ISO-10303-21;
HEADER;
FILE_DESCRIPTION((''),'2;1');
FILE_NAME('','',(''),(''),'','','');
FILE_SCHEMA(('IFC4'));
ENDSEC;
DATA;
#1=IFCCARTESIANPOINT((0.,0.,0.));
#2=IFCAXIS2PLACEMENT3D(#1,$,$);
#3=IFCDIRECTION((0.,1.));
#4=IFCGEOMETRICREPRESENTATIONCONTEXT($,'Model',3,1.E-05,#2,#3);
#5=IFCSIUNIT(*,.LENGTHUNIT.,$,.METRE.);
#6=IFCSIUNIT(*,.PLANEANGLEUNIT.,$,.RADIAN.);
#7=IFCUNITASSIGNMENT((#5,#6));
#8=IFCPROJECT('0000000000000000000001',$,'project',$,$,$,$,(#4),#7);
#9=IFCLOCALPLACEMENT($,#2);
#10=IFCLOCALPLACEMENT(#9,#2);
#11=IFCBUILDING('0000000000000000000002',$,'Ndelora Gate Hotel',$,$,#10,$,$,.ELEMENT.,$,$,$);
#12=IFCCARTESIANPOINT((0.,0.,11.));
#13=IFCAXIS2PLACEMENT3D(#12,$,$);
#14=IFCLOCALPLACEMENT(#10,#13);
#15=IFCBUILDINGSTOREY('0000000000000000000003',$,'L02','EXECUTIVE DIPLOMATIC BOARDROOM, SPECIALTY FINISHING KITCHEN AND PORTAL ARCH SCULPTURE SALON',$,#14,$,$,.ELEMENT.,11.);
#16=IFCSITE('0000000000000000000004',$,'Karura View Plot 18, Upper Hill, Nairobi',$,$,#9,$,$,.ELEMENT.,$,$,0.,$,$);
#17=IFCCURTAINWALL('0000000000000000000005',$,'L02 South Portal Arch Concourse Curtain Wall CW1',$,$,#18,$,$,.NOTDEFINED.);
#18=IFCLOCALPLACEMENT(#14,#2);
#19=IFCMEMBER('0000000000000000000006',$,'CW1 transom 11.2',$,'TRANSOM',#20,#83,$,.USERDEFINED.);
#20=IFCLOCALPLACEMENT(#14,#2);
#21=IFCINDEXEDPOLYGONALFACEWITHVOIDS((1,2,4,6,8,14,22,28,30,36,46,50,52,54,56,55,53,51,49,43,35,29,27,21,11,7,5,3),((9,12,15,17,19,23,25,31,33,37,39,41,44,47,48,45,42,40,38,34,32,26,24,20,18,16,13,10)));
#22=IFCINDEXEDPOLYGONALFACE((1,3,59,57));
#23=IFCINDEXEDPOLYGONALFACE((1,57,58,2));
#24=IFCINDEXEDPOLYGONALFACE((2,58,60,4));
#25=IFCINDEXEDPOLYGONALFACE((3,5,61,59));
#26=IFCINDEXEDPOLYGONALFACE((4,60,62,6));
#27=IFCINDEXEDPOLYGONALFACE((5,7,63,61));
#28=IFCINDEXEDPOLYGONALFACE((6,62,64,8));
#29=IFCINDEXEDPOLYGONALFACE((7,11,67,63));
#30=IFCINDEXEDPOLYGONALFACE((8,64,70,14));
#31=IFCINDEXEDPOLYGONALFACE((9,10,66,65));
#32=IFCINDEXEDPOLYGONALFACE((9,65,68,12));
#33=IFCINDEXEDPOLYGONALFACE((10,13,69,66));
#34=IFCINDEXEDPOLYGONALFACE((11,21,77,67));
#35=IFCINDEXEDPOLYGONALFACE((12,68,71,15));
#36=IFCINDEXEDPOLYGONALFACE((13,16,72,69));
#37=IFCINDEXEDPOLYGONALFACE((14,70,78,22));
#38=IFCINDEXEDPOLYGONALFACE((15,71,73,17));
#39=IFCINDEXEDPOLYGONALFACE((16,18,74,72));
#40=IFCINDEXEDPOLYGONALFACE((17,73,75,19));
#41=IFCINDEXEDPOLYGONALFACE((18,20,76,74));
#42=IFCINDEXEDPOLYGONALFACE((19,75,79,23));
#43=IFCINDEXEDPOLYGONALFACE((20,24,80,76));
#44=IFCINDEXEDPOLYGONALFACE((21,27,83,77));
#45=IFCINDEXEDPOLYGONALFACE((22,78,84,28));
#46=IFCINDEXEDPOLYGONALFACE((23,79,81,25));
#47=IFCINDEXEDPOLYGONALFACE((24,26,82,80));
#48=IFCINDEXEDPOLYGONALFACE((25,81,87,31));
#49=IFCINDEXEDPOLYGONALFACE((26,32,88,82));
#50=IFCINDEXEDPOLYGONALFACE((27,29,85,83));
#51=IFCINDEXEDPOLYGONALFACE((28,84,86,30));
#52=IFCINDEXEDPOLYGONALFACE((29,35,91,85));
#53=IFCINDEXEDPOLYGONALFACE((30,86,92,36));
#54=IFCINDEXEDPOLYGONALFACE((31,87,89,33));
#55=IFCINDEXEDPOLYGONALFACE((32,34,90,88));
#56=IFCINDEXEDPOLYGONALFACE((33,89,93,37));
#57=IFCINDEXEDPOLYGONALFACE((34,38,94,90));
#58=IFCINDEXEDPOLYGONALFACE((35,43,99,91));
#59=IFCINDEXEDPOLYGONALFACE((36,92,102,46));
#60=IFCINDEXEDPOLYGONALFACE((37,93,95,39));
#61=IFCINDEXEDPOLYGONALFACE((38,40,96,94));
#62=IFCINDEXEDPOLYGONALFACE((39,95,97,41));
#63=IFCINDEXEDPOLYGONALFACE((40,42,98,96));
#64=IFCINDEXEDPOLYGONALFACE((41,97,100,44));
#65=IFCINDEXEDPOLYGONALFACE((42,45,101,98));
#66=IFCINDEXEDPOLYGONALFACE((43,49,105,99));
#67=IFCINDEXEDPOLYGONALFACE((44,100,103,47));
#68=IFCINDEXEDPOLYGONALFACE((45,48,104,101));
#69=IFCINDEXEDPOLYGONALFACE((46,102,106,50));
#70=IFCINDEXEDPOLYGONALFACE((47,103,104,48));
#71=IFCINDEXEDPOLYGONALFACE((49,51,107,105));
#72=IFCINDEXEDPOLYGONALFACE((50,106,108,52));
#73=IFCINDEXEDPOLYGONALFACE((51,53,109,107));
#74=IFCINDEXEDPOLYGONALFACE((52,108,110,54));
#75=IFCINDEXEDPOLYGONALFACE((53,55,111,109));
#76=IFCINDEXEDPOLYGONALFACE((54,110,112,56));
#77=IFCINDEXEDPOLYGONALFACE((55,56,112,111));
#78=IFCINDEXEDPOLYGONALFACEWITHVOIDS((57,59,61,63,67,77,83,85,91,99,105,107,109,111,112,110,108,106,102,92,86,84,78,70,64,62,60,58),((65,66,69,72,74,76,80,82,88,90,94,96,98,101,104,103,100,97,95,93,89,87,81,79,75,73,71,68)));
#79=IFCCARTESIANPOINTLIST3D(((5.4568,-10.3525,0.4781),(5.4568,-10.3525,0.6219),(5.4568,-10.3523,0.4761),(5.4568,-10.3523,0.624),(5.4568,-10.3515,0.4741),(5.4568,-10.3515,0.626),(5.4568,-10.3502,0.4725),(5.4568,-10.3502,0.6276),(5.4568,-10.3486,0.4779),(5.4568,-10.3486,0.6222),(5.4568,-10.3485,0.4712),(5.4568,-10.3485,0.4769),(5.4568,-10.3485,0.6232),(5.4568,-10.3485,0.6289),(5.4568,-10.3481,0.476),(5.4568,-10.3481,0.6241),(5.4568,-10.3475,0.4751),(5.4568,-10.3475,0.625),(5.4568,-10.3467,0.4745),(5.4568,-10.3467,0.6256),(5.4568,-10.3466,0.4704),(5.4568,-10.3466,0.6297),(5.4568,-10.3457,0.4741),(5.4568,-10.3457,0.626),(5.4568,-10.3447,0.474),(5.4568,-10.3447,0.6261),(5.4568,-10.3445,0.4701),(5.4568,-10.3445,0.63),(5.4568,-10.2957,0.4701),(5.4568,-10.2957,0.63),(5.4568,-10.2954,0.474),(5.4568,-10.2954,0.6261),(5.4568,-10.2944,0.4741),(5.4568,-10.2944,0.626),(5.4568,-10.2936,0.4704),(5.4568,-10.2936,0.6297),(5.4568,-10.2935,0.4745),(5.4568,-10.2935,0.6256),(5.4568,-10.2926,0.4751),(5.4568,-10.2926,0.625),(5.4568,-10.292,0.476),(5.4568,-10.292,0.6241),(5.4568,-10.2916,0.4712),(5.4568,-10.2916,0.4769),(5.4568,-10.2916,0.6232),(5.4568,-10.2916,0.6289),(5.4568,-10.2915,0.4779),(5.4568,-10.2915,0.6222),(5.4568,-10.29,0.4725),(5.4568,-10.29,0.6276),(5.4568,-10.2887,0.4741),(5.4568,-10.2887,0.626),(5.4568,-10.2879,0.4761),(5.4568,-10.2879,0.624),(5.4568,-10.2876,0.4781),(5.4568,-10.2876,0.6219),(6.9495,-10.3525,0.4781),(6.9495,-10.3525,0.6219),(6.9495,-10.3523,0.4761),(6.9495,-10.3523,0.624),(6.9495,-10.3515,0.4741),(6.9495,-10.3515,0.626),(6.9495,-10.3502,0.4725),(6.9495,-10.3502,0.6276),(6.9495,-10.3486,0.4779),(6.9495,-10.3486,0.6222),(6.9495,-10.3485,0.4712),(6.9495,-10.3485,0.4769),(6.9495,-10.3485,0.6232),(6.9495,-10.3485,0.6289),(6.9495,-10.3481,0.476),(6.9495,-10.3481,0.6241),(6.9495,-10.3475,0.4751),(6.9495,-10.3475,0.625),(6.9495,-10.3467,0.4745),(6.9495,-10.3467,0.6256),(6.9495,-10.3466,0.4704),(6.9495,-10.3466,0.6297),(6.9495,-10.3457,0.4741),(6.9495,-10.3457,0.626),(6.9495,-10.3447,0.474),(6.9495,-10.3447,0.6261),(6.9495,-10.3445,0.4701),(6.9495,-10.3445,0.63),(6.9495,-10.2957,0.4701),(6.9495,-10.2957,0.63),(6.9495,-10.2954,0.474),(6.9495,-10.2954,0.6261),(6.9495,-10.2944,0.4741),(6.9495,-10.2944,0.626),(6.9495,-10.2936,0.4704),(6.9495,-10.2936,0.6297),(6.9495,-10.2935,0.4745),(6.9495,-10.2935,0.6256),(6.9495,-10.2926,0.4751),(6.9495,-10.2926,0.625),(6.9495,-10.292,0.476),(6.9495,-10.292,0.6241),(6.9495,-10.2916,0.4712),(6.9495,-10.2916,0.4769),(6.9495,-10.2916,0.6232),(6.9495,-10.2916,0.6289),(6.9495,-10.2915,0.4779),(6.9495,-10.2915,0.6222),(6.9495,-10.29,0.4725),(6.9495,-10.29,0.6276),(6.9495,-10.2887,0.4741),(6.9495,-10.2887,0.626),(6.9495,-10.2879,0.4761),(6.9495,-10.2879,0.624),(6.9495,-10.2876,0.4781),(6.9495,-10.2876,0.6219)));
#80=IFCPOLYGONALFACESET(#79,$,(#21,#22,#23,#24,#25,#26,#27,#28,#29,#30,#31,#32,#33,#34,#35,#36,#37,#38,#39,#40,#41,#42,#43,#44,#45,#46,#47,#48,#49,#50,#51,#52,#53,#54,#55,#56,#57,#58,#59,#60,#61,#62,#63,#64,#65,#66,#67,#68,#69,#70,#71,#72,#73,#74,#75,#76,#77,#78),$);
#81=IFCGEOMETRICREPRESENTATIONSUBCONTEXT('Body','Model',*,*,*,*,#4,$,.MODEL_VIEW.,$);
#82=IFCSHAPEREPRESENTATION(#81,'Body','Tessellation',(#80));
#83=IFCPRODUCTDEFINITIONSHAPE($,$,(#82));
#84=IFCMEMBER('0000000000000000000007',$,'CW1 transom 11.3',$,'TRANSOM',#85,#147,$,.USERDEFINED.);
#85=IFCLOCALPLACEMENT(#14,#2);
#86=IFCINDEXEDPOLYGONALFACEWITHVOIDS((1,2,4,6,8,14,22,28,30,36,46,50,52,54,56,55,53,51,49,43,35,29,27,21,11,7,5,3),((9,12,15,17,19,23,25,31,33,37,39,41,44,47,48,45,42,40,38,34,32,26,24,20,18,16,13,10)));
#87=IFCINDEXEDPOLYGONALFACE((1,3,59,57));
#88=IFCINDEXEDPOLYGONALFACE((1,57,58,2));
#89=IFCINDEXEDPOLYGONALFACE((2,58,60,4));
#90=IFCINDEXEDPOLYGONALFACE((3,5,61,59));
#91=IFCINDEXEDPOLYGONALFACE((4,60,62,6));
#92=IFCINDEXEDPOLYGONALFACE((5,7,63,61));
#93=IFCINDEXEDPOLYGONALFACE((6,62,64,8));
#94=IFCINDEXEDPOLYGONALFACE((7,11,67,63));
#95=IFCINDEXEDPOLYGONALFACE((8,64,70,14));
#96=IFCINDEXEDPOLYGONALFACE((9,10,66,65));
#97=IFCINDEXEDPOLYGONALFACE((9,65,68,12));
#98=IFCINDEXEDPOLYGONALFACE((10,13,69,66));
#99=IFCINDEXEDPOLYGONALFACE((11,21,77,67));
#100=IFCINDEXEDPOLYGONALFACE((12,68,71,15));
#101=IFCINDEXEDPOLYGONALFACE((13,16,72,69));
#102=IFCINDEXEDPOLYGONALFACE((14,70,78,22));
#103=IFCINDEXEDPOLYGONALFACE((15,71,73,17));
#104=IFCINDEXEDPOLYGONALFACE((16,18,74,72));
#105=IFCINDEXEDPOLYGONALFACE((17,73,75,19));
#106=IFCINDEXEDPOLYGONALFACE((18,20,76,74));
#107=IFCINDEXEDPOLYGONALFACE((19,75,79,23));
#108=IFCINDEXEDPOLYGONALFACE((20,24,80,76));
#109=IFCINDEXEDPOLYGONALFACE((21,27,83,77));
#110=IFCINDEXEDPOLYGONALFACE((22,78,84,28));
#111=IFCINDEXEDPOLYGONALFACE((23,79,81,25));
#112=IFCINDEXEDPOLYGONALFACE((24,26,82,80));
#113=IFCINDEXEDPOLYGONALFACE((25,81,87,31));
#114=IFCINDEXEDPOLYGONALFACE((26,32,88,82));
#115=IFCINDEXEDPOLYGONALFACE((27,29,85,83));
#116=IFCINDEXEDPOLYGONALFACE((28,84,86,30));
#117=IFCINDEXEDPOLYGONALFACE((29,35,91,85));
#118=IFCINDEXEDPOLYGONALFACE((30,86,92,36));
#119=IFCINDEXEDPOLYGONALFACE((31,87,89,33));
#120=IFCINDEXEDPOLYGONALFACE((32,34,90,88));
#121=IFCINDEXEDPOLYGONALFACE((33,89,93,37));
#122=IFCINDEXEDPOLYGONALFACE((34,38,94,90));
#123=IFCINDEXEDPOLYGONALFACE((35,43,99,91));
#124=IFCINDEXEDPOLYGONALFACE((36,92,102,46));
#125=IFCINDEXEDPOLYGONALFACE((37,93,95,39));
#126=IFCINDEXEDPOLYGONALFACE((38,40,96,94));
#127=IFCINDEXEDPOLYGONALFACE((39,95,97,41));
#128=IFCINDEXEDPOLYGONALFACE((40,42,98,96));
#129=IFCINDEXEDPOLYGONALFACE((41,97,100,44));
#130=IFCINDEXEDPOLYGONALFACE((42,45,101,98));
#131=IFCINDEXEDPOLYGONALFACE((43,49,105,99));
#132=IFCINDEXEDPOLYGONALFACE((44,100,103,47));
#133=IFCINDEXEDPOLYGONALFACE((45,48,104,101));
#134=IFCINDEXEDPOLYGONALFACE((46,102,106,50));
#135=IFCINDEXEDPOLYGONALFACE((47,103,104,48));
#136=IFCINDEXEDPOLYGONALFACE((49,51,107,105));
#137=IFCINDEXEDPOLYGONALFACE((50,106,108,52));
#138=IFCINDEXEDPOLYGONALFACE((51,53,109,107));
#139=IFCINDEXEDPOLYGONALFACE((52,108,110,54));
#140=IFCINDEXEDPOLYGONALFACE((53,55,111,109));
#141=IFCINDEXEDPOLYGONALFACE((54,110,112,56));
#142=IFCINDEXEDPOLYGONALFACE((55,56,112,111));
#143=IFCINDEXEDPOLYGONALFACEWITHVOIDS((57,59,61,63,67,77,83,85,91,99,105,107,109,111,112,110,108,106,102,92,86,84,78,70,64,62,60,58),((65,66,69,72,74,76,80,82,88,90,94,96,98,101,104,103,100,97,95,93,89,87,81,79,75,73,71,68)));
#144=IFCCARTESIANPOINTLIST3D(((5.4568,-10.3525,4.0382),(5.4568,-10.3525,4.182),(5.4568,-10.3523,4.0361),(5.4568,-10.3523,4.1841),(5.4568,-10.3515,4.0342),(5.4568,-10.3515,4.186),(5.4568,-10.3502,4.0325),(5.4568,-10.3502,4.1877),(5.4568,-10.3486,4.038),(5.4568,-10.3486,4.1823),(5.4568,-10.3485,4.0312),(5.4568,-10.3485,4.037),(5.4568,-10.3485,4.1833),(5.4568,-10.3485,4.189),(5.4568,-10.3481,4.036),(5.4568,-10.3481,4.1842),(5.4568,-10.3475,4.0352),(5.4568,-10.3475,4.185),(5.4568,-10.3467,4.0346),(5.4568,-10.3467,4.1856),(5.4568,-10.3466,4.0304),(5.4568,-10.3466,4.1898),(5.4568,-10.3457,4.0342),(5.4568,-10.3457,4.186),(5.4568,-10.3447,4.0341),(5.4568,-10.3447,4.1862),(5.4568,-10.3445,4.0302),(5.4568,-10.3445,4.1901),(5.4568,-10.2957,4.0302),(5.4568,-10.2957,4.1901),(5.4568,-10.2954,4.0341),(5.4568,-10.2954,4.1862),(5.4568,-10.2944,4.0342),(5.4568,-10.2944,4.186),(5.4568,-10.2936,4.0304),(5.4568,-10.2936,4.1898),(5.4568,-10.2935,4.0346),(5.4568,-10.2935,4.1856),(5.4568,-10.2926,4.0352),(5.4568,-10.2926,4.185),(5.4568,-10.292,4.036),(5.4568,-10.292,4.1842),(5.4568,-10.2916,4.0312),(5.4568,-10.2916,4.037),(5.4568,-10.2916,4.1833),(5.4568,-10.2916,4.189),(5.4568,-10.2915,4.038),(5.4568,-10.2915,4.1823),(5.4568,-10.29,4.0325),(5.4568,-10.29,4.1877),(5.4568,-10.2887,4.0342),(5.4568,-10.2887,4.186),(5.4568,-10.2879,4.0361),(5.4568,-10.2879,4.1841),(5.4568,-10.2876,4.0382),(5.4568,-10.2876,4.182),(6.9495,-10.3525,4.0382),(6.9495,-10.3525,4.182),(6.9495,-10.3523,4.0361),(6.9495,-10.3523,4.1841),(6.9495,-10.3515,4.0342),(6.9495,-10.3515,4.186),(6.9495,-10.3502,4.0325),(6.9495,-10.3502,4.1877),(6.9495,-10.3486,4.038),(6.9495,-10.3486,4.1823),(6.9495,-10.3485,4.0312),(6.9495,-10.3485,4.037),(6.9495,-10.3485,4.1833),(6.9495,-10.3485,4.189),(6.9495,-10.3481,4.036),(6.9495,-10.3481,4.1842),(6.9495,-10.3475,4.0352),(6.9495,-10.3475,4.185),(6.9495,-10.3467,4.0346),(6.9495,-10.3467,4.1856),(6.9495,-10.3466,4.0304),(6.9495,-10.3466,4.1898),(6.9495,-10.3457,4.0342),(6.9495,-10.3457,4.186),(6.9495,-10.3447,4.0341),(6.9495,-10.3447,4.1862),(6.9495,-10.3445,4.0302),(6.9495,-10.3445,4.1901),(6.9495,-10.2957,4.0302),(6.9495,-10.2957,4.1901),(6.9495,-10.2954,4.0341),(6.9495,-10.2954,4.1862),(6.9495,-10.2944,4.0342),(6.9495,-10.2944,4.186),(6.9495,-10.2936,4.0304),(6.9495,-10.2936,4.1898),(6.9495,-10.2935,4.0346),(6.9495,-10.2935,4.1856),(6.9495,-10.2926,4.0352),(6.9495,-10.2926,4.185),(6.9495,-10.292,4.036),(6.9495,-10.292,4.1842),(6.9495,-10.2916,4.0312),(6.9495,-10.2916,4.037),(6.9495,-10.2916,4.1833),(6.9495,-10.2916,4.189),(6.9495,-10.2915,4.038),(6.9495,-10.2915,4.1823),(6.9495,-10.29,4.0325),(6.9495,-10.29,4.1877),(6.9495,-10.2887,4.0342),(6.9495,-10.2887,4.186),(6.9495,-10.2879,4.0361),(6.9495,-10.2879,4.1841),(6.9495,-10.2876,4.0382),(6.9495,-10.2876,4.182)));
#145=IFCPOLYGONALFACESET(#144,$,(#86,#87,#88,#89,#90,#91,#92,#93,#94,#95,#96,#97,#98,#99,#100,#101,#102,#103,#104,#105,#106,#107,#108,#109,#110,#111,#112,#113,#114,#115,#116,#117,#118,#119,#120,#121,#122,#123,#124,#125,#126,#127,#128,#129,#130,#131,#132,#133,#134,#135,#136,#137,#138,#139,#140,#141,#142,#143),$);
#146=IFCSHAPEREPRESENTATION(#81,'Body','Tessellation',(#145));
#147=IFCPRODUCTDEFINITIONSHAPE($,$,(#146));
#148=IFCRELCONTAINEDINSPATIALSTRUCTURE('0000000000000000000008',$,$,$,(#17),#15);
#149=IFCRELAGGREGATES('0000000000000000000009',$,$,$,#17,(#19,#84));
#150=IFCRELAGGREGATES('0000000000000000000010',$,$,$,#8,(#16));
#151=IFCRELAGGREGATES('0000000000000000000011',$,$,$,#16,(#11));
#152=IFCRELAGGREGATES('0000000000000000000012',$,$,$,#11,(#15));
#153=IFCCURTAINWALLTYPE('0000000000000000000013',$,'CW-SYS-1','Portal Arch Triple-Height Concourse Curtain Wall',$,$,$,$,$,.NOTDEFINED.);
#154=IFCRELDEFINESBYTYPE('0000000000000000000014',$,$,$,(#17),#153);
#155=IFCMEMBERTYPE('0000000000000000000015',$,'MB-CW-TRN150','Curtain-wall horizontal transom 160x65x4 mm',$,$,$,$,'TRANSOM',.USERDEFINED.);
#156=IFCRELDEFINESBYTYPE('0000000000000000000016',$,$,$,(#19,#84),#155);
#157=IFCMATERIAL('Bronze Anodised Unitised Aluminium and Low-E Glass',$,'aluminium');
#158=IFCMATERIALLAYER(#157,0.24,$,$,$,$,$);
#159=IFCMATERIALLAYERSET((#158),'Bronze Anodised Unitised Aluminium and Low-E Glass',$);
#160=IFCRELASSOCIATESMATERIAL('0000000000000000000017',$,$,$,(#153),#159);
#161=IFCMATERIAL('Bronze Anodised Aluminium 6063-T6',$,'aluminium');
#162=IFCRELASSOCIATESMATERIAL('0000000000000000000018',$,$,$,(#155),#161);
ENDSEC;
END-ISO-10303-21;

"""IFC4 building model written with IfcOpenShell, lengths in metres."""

from ifc_helpers import new_model, si_unit, direction, frame, origin, origin_2d, place, context, subcontext, project, spatial, hollow_rectangle, extrude, material, layer, layer_set, material_profile, profile_set, type_object, element, aggregate, save


model = new_model("IFC4")

# Units and contexts
model_context = context("Model", 3, precision=1e-05, world=origin(), true_north=direction((0.0, 1.0)))
body_context = subcontext(model_context, "Body", "Model", "MODEL_VIEW")
ifc_project = project(units=[si_unit("LENGTHUNIT", "METRE"), si_unit("PLANEANGLEUNIT", "RADIAN")], contexts=[model_context])

# Site, building, storey
site_placement = place(None, origin())
site = spatial("IfcSite", under=ifc_project, at=site_placement, Name="Karura View Plot 18, Upper Hill, Nairobi", CompositionType="ELEMENT", RefElevation=0.0)
building_placement = place(site_placement, origin())
building = spatial("IfcBuilding", under=site, at=building_placement, Name="Ndelora Gate Hotel", CompositionType="ELEMENT")
storey_placement = place(building_placement, frame((0.0, 0.0, 11.0)))
storey = spatial("IfcBuildingStorey", under=building, at=storey_placement, Name="L02", Description="EXECUTIVE DIPLOMATIC BOARDROOM, SPECIALTY FINISHING KITCHEN AND PORTAL ARCH SCULPTURE SALON", CompositionType="ELEMENT", Elevation=11.0)

# Curtain wall, members
ifc_material_1 = material(Name="Bronze Anodised Unitised Aluminium and Low-E Glass", Category="aluminium")
ifc_layer_1 = layer(ifc_material_1, 0.24)
ifc_layer_set_1 = layer_set([ifc_layer_1], Name="Bronze Anodised Unitised Aluminium and Low-E Glass")
curtain_wall_type = type_object("IfcCurtainWallType", Name="CW-SYS-1", Description="Portal Arch Triple-Height Concourse Curtain Wall", PredefinedType="NOTDEFINED", material=ifc_layer_set_1)
curtain_wall_placement = place(storey_placement, origin())
curtain_wall = element("IfcCurtainWall", 1, at=curtain_wall_placement, inside=storey, type_object=curtain_wall_type, Name="L02 South Portal Arch Concourse Curtain Wall CW1", PredefinedType="NOTDEFINED")
ifc_material_2 = material(Name="Bronze Anodised Aluminium 6063-T6", Category="aluminium")
ifc_material_profile_1 = material_profile(ifc_material_2, hollow_rectangle(XDim=0.0649, YDim=0.1599, WallThickness=0.0039, InnerFilletRadius=0.0039, OuterFilletRadius=0.0081, at=origin_2d()), Name="ALU 160x65x4")
ifc_profile_set_1 = profile_set([ifc_material_profile_1], Name="Bronze Anodised Aluminium 6063-T6")
member_type_1 = type_object("IfcMemberType", Name="MB-CW-TRN150", Description="Curtain-wall horizontal transom 160x65x4 mm", ElementType="TRANSOM", PredefinedType="USERDEFINED", material=ifc_profile_set_1)
member_1_placement = place(storey_placement, frame((5.4568, -10.3201, 0.55), z_axis=(1.0, 0.0, 0.0), x_axis=(0.0, 1.0, 0.0)))
member_1 = element("IfcMember", 2, at=member_1_placement, type_object=member_type_1, Name="CW1 transom 11.2", ObjectType="TRANSOM", PredefinedType="USERDEFINED", context=body_context, shape_type="SweptSolid", body=[
    extrude(hollow_rectangle(XDim=0.0649, YDim=0.1599, WallThickness=0.0039, InnerFilletRadius=0.0039, OuterFilletRadius=0.0081, at=origin_2d()), origin(), (0.0, 0.0, 1.0), 1.4927),
])
member_2_placement = place(storey_placement, frame((5.4568, -10.3201, 4.1101), z_axis=(1.0, 0.0, 0.0), x_axis=(0.0, 1.0, 0.0)))
member_2 = element("IfcMember", 3, at=member_2_placement, type_object=member_type_1, Name="CW1 transom 11.3", ObjectType="TRANSOM", PredefinedType="USERDEFINED", context=body_context, shape_type="SweptSolid", body=[
    extrude(hollow_rectangle(XDim=0.0649, YDim=0.1599, WallThickness=0.0039, InnerFilletRadius=0.0039, OuterFilletRadius=0.0081, at=origin_2d()), origin(), (0.0, 0.0, 1.0), 1.4927),
])
aggregate(curtain_wall, [member_1, member_2])

save(model, "model.ifc")
